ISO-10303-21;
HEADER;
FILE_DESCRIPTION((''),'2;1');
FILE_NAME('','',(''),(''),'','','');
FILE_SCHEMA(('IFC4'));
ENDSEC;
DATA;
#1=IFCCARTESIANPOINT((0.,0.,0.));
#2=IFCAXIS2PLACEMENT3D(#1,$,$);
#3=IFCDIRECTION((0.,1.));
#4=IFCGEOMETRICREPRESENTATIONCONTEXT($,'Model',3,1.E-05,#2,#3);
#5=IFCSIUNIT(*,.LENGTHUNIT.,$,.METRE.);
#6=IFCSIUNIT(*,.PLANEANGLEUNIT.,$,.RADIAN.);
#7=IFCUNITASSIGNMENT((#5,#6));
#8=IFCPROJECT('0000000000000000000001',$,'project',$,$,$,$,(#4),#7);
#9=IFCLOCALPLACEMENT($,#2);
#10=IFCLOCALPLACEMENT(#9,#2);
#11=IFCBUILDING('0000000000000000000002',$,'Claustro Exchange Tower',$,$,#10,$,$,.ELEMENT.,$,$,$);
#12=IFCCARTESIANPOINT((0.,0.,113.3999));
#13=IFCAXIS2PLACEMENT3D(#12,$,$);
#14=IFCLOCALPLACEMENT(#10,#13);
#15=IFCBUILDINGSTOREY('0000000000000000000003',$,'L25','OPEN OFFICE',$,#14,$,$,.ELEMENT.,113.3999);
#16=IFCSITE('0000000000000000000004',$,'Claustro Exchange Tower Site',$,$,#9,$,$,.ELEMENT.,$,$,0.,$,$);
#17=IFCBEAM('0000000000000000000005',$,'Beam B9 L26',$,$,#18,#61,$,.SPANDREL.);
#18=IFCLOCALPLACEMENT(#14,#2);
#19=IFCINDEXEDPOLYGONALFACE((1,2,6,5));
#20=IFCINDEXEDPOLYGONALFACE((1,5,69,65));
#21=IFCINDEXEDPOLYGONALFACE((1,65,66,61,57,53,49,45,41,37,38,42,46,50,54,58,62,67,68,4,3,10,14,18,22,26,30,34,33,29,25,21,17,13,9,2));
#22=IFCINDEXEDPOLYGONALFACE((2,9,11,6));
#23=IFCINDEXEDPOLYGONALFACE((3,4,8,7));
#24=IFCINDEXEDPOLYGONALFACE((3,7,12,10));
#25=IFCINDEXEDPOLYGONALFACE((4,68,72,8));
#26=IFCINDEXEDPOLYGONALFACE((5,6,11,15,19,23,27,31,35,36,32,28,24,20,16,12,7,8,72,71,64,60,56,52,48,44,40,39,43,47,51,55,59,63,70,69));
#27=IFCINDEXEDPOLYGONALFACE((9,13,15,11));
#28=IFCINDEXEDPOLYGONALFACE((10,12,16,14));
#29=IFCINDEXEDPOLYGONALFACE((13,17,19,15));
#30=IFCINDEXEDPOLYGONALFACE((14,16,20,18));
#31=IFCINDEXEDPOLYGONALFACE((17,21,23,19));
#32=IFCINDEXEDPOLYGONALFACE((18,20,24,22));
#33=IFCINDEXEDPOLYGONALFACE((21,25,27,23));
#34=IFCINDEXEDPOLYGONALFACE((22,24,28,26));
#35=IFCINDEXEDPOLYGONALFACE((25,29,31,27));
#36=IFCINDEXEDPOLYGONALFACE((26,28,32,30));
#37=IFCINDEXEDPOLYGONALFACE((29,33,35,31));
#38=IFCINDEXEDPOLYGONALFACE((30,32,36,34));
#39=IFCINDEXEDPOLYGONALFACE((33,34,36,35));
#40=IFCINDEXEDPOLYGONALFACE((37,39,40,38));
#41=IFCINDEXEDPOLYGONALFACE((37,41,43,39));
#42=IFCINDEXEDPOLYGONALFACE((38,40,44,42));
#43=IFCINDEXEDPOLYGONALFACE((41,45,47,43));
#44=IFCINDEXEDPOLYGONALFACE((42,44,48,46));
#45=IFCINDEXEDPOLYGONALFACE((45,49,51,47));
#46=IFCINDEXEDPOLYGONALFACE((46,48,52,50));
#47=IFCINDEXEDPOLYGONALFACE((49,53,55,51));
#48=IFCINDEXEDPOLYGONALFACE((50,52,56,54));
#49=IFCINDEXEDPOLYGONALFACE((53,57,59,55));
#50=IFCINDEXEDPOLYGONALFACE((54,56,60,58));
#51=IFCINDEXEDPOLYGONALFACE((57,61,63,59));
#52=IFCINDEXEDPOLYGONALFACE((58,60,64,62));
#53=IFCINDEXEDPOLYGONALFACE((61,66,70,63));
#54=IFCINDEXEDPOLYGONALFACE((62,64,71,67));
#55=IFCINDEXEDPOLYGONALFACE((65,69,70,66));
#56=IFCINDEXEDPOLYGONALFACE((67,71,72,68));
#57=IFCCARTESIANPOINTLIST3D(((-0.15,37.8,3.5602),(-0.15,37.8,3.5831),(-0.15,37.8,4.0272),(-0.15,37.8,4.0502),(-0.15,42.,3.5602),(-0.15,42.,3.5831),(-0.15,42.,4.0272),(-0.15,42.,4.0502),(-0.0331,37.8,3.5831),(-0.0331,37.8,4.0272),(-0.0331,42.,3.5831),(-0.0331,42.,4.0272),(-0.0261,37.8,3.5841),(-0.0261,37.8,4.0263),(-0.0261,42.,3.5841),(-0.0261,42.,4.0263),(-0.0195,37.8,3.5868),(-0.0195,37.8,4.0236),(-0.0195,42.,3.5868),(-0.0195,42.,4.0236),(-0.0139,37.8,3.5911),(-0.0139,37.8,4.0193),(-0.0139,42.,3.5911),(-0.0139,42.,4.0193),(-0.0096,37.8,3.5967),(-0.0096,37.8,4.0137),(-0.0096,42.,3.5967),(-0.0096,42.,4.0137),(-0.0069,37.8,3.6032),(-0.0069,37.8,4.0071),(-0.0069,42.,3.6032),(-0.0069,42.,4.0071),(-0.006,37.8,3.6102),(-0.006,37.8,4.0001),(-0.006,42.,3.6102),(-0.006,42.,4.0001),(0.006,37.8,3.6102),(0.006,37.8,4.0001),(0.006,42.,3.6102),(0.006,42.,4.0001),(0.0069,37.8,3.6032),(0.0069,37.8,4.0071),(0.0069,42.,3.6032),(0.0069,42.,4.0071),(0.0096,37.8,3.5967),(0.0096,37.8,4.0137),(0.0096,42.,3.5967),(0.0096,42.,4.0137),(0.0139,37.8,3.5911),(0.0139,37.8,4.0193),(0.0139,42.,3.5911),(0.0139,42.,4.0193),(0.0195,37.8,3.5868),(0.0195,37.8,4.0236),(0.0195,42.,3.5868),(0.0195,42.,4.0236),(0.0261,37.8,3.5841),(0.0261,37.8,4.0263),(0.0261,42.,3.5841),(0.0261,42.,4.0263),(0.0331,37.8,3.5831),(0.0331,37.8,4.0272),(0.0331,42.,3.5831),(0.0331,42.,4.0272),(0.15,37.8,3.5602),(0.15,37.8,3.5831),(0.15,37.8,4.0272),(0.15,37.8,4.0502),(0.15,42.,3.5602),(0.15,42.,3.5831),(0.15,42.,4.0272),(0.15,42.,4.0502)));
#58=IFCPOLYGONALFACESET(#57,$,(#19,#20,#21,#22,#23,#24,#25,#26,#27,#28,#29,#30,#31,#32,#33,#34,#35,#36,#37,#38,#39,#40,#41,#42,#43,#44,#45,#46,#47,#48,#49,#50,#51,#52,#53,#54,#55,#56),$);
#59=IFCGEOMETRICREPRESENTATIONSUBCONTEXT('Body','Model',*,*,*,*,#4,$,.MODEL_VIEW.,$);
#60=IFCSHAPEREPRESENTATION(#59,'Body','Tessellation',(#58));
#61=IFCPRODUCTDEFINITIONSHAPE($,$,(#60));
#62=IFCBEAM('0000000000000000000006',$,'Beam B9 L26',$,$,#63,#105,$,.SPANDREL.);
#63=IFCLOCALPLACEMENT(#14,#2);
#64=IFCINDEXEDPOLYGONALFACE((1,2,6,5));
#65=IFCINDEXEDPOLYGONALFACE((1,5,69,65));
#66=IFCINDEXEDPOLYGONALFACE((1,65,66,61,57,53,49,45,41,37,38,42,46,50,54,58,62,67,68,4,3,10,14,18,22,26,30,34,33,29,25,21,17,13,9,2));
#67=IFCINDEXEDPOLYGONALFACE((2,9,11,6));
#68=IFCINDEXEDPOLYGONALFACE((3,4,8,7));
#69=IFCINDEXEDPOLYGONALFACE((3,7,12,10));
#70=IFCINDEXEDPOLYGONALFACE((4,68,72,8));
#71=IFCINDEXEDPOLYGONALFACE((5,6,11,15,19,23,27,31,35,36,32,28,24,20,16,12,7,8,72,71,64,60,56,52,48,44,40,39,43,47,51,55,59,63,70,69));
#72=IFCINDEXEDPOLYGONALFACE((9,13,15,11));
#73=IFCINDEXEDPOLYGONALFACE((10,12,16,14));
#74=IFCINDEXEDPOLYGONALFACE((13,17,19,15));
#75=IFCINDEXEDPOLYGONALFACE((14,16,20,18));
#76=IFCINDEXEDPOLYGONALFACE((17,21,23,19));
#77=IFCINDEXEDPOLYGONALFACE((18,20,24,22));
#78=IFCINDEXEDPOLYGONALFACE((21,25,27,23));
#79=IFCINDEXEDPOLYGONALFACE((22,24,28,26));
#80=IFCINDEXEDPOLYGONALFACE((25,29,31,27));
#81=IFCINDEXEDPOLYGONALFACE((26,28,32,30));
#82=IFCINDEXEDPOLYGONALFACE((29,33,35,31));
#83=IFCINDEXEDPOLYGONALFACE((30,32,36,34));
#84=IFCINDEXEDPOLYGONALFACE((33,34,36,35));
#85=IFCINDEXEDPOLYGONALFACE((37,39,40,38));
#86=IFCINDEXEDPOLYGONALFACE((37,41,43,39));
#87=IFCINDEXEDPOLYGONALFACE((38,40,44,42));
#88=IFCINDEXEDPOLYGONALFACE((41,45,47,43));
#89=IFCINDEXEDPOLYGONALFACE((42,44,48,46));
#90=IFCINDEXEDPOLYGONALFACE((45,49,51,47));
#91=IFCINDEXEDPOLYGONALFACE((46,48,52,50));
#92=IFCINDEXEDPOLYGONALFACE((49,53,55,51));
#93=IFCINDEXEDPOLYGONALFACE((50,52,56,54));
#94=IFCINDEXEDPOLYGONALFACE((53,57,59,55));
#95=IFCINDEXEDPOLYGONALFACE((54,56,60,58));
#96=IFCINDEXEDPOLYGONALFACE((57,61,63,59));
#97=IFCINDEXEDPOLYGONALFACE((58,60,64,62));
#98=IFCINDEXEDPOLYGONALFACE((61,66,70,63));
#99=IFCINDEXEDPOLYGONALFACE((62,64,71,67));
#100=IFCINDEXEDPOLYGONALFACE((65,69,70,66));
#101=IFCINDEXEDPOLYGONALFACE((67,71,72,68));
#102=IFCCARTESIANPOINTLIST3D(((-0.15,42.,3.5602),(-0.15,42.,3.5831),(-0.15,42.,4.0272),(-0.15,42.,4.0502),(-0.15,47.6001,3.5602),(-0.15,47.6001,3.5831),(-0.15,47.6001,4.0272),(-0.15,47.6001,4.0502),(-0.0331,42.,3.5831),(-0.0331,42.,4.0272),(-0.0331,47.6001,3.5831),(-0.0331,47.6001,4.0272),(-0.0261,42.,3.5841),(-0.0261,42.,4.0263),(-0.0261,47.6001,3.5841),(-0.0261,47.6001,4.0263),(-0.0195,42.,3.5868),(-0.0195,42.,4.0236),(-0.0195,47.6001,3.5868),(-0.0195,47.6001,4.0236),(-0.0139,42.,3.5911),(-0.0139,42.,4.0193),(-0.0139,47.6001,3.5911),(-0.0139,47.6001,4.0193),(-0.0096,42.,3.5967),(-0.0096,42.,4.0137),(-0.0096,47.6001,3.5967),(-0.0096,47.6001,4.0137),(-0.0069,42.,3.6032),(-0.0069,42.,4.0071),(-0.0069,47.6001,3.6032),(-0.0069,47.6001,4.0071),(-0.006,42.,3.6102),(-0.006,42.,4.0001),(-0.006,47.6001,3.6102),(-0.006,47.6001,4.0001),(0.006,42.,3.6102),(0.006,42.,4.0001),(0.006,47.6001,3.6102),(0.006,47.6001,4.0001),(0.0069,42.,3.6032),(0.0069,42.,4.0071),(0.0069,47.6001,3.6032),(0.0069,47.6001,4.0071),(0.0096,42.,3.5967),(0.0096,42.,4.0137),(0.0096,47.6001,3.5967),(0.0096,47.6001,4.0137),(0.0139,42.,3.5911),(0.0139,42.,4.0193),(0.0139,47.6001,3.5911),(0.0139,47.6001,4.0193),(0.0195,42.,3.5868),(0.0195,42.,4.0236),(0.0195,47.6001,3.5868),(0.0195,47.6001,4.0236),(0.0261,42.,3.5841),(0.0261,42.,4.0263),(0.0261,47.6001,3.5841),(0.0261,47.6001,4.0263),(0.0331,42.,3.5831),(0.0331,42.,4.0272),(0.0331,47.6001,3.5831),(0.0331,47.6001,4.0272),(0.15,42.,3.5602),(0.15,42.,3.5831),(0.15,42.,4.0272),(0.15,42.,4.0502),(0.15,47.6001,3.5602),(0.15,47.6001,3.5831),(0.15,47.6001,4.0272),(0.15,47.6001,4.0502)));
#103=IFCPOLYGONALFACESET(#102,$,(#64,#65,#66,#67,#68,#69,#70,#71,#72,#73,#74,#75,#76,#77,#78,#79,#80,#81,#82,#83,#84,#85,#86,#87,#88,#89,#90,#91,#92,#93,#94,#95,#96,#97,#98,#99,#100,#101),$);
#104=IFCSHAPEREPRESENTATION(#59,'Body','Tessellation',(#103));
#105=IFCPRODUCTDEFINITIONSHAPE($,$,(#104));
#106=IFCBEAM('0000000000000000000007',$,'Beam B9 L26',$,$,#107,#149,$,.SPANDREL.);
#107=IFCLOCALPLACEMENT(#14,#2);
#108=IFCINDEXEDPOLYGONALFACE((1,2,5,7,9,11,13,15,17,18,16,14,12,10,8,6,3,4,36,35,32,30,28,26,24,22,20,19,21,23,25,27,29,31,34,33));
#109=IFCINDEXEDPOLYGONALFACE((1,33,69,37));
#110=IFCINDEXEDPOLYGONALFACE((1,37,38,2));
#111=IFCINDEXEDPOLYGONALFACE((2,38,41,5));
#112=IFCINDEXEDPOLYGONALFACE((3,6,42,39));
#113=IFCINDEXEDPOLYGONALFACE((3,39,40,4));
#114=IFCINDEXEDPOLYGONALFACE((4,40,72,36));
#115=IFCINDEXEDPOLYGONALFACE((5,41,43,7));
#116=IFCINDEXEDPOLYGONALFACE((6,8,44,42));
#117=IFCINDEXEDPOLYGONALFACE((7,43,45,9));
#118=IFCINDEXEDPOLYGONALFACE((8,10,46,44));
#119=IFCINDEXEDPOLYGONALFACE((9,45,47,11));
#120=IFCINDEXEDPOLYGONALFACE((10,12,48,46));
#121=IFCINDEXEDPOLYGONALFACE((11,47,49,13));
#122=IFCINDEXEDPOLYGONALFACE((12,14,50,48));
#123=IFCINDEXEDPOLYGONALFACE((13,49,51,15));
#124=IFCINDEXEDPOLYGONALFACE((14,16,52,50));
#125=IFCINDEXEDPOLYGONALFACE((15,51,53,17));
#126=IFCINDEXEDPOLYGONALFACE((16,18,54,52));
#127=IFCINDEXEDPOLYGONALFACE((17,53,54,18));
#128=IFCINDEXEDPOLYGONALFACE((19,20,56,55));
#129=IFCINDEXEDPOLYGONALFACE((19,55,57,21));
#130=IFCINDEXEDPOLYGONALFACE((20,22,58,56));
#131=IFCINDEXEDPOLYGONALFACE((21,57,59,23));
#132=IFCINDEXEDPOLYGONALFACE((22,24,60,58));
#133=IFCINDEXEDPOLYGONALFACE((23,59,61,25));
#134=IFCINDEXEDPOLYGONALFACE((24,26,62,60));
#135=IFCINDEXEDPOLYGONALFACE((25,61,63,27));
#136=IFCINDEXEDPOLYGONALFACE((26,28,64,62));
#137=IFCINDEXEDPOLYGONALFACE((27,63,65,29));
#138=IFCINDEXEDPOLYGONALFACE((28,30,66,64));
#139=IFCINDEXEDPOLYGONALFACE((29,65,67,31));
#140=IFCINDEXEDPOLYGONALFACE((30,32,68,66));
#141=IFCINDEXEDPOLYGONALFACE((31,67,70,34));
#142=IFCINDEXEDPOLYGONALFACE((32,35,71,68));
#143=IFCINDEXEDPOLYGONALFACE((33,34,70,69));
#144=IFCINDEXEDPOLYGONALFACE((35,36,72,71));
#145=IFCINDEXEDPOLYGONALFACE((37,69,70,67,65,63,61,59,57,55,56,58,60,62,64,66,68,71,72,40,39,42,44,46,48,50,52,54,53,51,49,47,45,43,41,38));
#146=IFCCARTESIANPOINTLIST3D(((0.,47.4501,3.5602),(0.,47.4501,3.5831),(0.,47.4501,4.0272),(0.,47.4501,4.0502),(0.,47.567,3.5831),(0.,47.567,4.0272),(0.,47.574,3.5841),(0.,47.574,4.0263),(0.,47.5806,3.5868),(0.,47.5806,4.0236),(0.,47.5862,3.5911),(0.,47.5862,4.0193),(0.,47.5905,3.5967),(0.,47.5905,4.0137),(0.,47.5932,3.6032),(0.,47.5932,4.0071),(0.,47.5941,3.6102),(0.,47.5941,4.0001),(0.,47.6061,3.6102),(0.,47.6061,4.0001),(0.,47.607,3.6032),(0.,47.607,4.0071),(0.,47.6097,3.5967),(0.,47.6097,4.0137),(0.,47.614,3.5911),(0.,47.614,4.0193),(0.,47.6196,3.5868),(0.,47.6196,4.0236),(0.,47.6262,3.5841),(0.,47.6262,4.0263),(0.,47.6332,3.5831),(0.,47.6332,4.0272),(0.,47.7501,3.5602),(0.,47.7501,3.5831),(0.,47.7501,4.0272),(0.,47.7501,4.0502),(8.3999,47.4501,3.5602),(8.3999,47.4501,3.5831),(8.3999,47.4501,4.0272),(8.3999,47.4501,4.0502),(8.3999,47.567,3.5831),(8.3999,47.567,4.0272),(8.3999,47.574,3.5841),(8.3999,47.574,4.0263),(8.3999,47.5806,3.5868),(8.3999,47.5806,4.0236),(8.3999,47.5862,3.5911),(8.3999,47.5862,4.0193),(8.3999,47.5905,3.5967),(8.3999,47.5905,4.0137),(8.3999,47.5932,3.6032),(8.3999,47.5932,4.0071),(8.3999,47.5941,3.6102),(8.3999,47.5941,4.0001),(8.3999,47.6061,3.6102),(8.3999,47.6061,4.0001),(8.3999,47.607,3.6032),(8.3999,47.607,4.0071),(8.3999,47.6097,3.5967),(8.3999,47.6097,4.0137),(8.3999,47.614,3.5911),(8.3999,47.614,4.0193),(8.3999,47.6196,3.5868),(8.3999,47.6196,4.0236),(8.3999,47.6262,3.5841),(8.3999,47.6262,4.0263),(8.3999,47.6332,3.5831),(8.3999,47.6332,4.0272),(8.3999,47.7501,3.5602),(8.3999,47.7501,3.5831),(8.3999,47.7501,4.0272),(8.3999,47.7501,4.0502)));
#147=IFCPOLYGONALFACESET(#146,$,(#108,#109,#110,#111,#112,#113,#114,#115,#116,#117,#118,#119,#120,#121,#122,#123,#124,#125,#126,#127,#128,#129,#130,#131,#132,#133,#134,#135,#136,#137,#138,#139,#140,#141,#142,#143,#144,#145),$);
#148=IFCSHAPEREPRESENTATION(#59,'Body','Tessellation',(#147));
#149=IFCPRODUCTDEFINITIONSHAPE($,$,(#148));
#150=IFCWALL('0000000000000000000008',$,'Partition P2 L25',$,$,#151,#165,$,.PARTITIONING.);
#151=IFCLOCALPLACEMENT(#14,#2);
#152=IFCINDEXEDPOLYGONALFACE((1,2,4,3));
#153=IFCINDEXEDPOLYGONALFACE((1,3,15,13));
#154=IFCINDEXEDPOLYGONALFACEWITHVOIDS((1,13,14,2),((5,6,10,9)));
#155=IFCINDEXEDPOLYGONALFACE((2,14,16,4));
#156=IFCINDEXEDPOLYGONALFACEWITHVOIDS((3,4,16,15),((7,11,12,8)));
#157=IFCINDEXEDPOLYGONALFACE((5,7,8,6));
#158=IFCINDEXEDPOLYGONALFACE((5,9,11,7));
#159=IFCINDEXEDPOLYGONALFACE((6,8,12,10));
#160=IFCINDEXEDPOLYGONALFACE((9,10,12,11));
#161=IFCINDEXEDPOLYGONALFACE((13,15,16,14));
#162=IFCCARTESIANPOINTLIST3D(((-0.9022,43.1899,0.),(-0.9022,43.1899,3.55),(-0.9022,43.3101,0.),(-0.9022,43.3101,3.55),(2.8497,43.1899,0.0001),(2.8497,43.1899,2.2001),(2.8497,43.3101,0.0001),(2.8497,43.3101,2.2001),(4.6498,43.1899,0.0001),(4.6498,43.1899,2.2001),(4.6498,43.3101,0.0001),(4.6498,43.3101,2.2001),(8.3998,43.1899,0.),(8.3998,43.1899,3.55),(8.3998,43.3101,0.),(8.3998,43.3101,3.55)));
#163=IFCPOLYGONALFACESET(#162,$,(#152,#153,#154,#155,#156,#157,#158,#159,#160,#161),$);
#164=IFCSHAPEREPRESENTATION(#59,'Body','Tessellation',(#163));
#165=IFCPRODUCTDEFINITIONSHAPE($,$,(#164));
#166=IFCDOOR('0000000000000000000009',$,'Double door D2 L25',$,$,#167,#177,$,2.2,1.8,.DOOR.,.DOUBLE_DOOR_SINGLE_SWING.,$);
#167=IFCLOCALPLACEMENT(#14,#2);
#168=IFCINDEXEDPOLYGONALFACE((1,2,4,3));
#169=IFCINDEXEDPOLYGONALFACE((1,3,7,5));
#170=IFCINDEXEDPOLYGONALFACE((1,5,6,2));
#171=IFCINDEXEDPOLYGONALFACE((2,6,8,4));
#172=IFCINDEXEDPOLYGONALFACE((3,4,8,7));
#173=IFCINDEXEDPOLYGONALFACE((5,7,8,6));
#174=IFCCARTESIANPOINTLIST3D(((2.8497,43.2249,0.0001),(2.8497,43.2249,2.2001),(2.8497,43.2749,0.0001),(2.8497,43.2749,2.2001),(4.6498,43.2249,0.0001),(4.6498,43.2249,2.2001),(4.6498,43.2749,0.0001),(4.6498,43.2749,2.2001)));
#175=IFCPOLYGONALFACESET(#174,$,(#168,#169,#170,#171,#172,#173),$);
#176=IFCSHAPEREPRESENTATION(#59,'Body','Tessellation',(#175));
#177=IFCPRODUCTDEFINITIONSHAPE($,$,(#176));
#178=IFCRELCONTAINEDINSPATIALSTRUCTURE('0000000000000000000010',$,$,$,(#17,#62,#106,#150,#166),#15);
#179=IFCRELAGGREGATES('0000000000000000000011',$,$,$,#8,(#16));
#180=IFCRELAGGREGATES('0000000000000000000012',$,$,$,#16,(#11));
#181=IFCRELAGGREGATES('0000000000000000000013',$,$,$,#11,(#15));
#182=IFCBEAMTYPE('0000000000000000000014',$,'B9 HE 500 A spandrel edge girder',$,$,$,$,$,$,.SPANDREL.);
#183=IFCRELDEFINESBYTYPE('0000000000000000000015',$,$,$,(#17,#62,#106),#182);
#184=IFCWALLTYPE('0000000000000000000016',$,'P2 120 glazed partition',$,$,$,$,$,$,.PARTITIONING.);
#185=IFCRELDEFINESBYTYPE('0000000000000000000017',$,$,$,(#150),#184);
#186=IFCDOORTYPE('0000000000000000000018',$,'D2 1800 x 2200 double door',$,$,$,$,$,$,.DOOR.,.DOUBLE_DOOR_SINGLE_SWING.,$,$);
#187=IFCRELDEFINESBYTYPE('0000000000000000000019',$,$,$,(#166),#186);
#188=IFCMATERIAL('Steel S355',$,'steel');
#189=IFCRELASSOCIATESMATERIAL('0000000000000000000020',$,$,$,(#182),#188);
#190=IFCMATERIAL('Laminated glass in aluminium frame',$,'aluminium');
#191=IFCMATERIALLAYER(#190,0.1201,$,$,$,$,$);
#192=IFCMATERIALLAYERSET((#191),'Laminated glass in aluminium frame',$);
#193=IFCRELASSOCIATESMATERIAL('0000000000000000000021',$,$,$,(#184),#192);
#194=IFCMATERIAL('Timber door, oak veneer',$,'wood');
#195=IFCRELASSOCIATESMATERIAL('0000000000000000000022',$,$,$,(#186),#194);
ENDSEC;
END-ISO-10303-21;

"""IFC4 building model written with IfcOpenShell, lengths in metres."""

from ifc_helpers import new_model, si_unit, direction, frame, frame_2d, origin, origin_2d, place, context, subcontext, project, spatial, rectangle, i_section, extrude, material, layer, layer_set, material_profile, profile_set, type_object, element, fill, save


model = new_model("IFC4")

# Units and contexts
model_context = context("Model", 3, precision=1e-05, world=origin(), true_north=direction((0.0, 1.0)))
body_context = subcontext(model_context, "Body", "Model", "MODEL_VIEW")
ifc_project = project(units=[si_unit("LENGTHUNIT", "METRE"), si_unit("PLANEANGLEUNIT", "RADIAN")], contexts=[model_context])

# Site, building, storey
site_placement = place(None, origin())
site = spatial("IfcSite", under=ifc_project, at=site_placement, Name="Claustro Exchange Tower Site", CompositionType="ELEMENT", RefElevation=0.0)
building_placement = place(site_placement, origin())
building = spatial("IfcBuilding", under=site, at=building_placement, Name="Claustro Exchange Tower", CompositionType="ELEMENT")
storey_placement = place(building_placement, frame((0.0, 0.0, 113.3999)))
storey = spatial("IfcBuildingStorey", under=building, at=storey_placement, Name="L25", Description="OPEN OFFICE", CompositionType="ELEMENT", Elevation=113.3999)

# Beams
ifc_material_1 = material(Name="Steel S355", Category="steel")
ifc_material_profile_1 = material_profile(ifc_material_1, i_section(OverallWidth=0.3, OverallDepth=0.49, WebThickness=0.012, FlangeThickness=0.0229, FilletRadius=0.0271, at=origin_2d()), Name="HE 500 A")
ifc_profile_set_1 = profile_set([ifc_material_profile_1], Name="Steel S355")
beam_type_1 = type_object("IfcBeamType", Name="B9 HE 500 A spandrel edge girder", PredefinedType="SPANDREL", material=ifc_profile_set_1)
beam_1_placement = place(storey_placement, frame((0.0, 37.8, 3.8052), z_axis=(0.0, 1.0, 0.0), x_axis=(-1.0, 0.0, 0.0)))
element("IfcBeam", 1, at=beam_1_placement, inside=storey, type_object=beam_type_1, Name="Beam B9 L26", PredefinedType="SPANDREL", context=body_context, shape_type="SweptSolid", body=[
    extrude(i_section(OverallWidth=0.3, OverallDepth=0.49, WebThickness=0.012, FlangeThickness=0.0229, FilletRadius=0.0271, at=origin_2d()), origin(), (0.0, 0.0, 1.0), 4.2),
])
beam_2_placement = place(storey_placement, frame((0.0, 42.0, 3.8052), z_axis=(0.0, 1.0, 0.0), x_axis=(-1.0, 0.0, 0.0)))
element("IfcBeam", 2, at=beam_2_placement, inside=storey, type_object=beam_type_1, Name="Beam B9 L26", PredefinedType="SPANDREL", context=body_context, shape_type="SweptSolid", body=[
    extrude(i_section(OverallWidth=0.3, OverallDepth=0.49, WebThickness=0.012, FlangeThickness=0.0229, FilletRadius=0.0271, at=origin_2d()), origin(), (0.0, 0.0, 1.0), 5.6001),
])
beam_3_placement = place(storey_placement, frame((0.0, 47.6001, 3.8052), z_axis=(1.0, 0.0, 0.0), x_axis=(0.0, 1.0, 0.0)))
element("IfcBeam", 3, at=beam_3_placement, inside=storey, type_object=beam_type_1, Name="Beam B9 L26", PredefinedType="SPANDREL", context=body_context, shape_type="SweptSolid", body=[
    extrude(i_section(OverallWidth=0.3, OverallDepth=0.49, WebThickness=0.012, FlangeThickness=0.0229, FilletRadius=0.0271, at=origin_2d()), origin(), (0.0, 0.0, 1.0), 8.3999),
])

# Wall, opening, door
ifc_material_2 = material(Name="Laminated glass in aluminium frame", Category="aluminium")
ifc_layer_1 = layer(ifc_material_2, 0.1201)
ifc_layer_set_1 = layer_set([ifc_layer_1], Name="Laminated glass in aluminium frame")
wall_type_1 = type_object("IfcWallType", Name="P2 120 glazed partition", PredefinedType="PARTITIONING", material=ifc_layer_set_1)
wall_1_placement = place(storey_placement, frame((-0.9021, 43.25, 0.0), z_axis=(0.0, 0.0, 1.0), x_axis=(1.0, 0.0, 0.0)))
wall_1 = element("IfcWall", 4, at=wall_1_placement, inside=storey, type_object=wall_type_1, Name="Partition P2 L25", PredefinedType="PARTITIONING", context=body_context, shape_type="SweptSolid", body=[
    extrude(rectangle(XDim=9.302, YDim=0.1201, at=frame_2d((4.6509, 0.0))), origin(), (0.0, 0.0, 1.0), 3.55),
])
opening_1_placement = place(wall_1_placement, frame((3.752, 0.0, 0.0)))
opening_1 = element("IfcOpeningElement", 5, at=opening_1_placement, cuts=wall_1, PredefinedType="OPENING", context=body_context, shape_type="SweptSolid", body=[
    extrude(rectangle(XDim=1.8, YDim=2.2, at=frame_2d((0.8999, 1.1001))), frame((0.0, 0.0701, 0.0), z_axis=(0.0, -1.0, 0.0), x_axis=(1.0, 0.0, 0.0)), (0.0, 0.0, 1.0), 0.1401),
])
ifc_material_3 = material(Name="Timber door, oak veneer", Category="wood")
door_type_1 = type_object("IfcDoorType", Name="D2 1800 x 2200 double door", OperationType="DOUBLE_DOOR_SINGLE_SWING", PredefinedType="DOOR", material=ifc_material_3)
door_1_placement = place(opening_1_placement, origin())
door_1 = element("IfcDoor", 6, at=door_1_placement, inside=storey, type_object=door_type_1, Name="Double door D2 L25", OperationType="DOUBLE_DOOR_SINGLE_SWING", OverallHeight=2.2, OverallWidth=1.8, PredefinedType="DOOR", context=body_context, shape_type="SweptSolid", body=[
    extrude(rectangle(XDim=1.8, YDim=2.2, at=frame_2d((0.8999, 1.1001))), frame((0.0, 0.0249, 0.0), z_axis=(0.0, -1.0, 0.0), x_axis=(1.0, 0.0, 0.0)), (0.0, 0.0, 1.0), 0.05),
])
fill(opening_1, door_1)

save(model, "model.ifc")
